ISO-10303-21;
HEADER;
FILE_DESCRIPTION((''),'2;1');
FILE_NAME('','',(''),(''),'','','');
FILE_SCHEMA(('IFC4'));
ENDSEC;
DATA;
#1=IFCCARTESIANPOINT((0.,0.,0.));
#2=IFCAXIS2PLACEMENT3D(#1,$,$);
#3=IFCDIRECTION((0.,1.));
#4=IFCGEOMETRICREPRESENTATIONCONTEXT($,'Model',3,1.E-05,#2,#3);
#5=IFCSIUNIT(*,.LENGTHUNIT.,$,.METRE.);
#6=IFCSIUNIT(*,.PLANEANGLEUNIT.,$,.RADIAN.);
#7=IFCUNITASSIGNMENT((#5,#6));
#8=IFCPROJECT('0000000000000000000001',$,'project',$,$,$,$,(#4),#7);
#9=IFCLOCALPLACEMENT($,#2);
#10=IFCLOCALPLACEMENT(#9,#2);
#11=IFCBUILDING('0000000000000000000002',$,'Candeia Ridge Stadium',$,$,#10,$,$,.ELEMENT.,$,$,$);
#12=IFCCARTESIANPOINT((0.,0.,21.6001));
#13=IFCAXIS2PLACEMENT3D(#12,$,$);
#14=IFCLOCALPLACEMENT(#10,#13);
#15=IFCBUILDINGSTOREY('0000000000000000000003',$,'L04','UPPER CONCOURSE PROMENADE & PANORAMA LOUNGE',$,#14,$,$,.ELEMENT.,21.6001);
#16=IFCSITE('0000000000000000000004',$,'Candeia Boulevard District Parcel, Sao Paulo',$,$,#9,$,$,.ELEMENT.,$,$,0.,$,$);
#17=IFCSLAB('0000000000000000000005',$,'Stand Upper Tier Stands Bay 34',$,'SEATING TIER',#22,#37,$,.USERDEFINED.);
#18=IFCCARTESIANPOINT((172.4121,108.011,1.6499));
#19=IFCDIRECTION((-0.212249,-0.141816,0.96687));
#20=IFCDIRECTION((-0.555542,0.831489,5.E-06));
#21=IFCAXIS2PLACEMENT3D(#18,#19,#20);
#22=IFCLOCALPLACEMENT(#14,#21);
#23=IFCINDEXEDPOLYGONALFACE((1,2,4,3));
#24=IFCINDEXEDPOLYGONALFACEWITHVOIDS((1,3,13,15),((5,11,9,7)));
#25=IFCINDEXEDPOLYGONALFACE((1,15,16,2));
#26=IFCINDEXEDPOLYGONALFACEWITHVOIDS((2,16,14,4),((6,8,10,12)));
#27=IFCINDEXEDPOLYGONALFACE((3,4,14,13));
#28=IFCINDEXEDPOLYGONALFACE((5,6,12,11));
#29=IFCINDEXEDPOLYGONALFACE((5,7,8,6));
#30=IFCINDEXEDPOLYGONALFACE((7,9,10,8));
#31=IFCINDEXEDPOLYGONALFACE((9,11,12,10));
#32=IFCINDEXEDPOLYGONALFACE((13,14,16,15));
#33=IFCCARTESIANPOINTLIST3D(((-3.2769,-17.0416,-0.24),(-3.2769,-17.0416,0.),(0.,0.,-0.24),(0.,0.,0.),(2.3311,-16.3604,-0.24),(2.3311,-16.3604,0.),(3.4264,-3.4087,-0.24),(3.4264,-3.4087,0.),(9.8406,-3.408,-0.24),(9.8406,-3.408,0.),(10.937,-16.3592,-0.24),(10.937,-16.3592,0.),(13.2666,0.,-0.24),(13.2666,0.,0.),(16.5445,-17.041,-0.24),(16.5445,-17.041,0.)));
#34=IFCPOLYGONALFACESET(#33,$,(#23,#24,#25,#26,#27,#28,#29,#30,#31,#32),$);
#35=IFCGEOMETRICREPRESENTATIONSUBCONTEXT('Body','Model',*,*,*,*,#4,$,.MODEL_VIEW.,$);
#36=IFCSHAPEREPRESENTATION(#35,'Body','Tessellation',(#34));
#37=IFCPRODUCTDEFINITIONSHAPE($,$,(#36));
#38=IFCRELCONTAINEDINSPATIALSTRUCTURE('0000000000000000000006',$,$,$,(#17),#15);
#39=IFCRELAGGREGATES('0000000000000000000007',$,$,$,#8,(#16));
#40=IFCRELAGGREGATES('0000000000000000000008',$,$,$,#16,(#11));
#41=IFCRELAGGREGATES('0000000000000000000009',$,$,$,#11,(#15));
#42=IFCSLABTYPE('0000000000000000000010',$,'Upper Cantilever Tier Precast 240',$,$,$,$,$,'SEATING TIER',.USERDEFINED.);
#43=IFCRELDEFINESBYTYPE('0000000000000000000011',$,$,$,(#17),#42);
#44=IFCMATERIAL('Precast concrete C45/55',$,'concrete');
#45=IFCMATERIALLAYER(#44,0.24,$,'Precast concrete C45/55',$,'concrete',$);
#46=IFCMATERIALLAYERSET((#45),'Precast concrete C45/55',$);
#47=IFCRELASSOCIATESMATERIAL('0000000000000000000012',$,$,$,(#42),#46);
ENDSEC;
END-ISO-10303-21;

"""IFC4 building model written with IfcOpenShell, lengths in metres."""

from ifc_helpers import new_model, si_unit, direction, frame, origin, place, context, subcontext, project, spatial, polyline, outline, extrude, material, layer, layer_set, type_object, element, save


model = new_model("IFC4")

# Units and contexts
model_context = context("Model", 3, precision=1e-05, world=origin(), true_north=direction((0.0, 1.0)))
body_context = subcontext(model_context, "Body", "Model", "MODEL_VIEW")
ifc_project = project(units=[si_unit("LENGTHUNIT", "METRE"), si_unit("PLANEANGLEUNIT", "RADIAN")], contexts=[model_context])

# Site, building, storey
site_placement = place(None, origin())
site = spatial("IfcSite", under=ifc_project, at=site_placement, Name="Candeia Boulevard District Parcel, Sao Paulo", CompositionType="ELEMENT", RefElevation=0.0)
building_placement = place(site_placement, origin())
building = spatial("IfcBuilding", under=site, at=building_placement, Name="Candeia Ridge Stadium", CompositionType="ELEMENT")
storey_placement = place(building_placement, frame((0.0, 0.0, 21.6001)))
storey = spatial("IfcBuildingStorey", under=building, at=storey_placement, Name="L04", Description="UPPER CONCOURSE PROMENADE & PANORAMA LOUNGE", CompositionType="ELEMENT", Elevation=21.6001)

# Slab
ifc_material_1 = material(Name="Precast concrete C45/55", Category="concrete")
ifc_layer_1 = layer(ifc_material_1, 0.24, Name="Precast concrete C45/55", Category="concrete")
ifc_layer_set_1 = layer_set([ifc_layer_1], Name="Precast concrete C45/55")
slab_type = type_object("IfcSlabType", Name="Upper Cantilever Tier Precast 240", ElementType="SEATING TIER", PredefinedType="USERDEFINED", material=ifc_layer_set_1)
slab_placement = place(storey_placement, frame((172.4121, 108.011, 1.6499), z_axis=(-0.212249, -0.141816, 0.96687), x_axis=(-0.555542, 0.831489, 0.000005)))
element("IfcSlab", 1, at=slab_placement, inside=storey, type_object=slab_type, Name="Stand Upper Tier Stands Bay 34", ObjectType="SEATING TIER", PredefinedType="USERDEFINED", context=body_context, shape_type="SweptSolid", body=[
    extrude(outline(polyline([(0.0, 0.0), (13.2666, 0.0), (16.5445, -17.041), (-3.2769, -17.0416), (0.0, 0.0)]), holes=[polyline([(3.4264, -3.4087), (9.8406, -3.408), (10.937, -16.3592), (2.3311, -16.3604), (3.4264, -3.4087)])]), origin(), (0.0, 0.0, -1.0), 0.24),
])

save(model, "model.ifc")
